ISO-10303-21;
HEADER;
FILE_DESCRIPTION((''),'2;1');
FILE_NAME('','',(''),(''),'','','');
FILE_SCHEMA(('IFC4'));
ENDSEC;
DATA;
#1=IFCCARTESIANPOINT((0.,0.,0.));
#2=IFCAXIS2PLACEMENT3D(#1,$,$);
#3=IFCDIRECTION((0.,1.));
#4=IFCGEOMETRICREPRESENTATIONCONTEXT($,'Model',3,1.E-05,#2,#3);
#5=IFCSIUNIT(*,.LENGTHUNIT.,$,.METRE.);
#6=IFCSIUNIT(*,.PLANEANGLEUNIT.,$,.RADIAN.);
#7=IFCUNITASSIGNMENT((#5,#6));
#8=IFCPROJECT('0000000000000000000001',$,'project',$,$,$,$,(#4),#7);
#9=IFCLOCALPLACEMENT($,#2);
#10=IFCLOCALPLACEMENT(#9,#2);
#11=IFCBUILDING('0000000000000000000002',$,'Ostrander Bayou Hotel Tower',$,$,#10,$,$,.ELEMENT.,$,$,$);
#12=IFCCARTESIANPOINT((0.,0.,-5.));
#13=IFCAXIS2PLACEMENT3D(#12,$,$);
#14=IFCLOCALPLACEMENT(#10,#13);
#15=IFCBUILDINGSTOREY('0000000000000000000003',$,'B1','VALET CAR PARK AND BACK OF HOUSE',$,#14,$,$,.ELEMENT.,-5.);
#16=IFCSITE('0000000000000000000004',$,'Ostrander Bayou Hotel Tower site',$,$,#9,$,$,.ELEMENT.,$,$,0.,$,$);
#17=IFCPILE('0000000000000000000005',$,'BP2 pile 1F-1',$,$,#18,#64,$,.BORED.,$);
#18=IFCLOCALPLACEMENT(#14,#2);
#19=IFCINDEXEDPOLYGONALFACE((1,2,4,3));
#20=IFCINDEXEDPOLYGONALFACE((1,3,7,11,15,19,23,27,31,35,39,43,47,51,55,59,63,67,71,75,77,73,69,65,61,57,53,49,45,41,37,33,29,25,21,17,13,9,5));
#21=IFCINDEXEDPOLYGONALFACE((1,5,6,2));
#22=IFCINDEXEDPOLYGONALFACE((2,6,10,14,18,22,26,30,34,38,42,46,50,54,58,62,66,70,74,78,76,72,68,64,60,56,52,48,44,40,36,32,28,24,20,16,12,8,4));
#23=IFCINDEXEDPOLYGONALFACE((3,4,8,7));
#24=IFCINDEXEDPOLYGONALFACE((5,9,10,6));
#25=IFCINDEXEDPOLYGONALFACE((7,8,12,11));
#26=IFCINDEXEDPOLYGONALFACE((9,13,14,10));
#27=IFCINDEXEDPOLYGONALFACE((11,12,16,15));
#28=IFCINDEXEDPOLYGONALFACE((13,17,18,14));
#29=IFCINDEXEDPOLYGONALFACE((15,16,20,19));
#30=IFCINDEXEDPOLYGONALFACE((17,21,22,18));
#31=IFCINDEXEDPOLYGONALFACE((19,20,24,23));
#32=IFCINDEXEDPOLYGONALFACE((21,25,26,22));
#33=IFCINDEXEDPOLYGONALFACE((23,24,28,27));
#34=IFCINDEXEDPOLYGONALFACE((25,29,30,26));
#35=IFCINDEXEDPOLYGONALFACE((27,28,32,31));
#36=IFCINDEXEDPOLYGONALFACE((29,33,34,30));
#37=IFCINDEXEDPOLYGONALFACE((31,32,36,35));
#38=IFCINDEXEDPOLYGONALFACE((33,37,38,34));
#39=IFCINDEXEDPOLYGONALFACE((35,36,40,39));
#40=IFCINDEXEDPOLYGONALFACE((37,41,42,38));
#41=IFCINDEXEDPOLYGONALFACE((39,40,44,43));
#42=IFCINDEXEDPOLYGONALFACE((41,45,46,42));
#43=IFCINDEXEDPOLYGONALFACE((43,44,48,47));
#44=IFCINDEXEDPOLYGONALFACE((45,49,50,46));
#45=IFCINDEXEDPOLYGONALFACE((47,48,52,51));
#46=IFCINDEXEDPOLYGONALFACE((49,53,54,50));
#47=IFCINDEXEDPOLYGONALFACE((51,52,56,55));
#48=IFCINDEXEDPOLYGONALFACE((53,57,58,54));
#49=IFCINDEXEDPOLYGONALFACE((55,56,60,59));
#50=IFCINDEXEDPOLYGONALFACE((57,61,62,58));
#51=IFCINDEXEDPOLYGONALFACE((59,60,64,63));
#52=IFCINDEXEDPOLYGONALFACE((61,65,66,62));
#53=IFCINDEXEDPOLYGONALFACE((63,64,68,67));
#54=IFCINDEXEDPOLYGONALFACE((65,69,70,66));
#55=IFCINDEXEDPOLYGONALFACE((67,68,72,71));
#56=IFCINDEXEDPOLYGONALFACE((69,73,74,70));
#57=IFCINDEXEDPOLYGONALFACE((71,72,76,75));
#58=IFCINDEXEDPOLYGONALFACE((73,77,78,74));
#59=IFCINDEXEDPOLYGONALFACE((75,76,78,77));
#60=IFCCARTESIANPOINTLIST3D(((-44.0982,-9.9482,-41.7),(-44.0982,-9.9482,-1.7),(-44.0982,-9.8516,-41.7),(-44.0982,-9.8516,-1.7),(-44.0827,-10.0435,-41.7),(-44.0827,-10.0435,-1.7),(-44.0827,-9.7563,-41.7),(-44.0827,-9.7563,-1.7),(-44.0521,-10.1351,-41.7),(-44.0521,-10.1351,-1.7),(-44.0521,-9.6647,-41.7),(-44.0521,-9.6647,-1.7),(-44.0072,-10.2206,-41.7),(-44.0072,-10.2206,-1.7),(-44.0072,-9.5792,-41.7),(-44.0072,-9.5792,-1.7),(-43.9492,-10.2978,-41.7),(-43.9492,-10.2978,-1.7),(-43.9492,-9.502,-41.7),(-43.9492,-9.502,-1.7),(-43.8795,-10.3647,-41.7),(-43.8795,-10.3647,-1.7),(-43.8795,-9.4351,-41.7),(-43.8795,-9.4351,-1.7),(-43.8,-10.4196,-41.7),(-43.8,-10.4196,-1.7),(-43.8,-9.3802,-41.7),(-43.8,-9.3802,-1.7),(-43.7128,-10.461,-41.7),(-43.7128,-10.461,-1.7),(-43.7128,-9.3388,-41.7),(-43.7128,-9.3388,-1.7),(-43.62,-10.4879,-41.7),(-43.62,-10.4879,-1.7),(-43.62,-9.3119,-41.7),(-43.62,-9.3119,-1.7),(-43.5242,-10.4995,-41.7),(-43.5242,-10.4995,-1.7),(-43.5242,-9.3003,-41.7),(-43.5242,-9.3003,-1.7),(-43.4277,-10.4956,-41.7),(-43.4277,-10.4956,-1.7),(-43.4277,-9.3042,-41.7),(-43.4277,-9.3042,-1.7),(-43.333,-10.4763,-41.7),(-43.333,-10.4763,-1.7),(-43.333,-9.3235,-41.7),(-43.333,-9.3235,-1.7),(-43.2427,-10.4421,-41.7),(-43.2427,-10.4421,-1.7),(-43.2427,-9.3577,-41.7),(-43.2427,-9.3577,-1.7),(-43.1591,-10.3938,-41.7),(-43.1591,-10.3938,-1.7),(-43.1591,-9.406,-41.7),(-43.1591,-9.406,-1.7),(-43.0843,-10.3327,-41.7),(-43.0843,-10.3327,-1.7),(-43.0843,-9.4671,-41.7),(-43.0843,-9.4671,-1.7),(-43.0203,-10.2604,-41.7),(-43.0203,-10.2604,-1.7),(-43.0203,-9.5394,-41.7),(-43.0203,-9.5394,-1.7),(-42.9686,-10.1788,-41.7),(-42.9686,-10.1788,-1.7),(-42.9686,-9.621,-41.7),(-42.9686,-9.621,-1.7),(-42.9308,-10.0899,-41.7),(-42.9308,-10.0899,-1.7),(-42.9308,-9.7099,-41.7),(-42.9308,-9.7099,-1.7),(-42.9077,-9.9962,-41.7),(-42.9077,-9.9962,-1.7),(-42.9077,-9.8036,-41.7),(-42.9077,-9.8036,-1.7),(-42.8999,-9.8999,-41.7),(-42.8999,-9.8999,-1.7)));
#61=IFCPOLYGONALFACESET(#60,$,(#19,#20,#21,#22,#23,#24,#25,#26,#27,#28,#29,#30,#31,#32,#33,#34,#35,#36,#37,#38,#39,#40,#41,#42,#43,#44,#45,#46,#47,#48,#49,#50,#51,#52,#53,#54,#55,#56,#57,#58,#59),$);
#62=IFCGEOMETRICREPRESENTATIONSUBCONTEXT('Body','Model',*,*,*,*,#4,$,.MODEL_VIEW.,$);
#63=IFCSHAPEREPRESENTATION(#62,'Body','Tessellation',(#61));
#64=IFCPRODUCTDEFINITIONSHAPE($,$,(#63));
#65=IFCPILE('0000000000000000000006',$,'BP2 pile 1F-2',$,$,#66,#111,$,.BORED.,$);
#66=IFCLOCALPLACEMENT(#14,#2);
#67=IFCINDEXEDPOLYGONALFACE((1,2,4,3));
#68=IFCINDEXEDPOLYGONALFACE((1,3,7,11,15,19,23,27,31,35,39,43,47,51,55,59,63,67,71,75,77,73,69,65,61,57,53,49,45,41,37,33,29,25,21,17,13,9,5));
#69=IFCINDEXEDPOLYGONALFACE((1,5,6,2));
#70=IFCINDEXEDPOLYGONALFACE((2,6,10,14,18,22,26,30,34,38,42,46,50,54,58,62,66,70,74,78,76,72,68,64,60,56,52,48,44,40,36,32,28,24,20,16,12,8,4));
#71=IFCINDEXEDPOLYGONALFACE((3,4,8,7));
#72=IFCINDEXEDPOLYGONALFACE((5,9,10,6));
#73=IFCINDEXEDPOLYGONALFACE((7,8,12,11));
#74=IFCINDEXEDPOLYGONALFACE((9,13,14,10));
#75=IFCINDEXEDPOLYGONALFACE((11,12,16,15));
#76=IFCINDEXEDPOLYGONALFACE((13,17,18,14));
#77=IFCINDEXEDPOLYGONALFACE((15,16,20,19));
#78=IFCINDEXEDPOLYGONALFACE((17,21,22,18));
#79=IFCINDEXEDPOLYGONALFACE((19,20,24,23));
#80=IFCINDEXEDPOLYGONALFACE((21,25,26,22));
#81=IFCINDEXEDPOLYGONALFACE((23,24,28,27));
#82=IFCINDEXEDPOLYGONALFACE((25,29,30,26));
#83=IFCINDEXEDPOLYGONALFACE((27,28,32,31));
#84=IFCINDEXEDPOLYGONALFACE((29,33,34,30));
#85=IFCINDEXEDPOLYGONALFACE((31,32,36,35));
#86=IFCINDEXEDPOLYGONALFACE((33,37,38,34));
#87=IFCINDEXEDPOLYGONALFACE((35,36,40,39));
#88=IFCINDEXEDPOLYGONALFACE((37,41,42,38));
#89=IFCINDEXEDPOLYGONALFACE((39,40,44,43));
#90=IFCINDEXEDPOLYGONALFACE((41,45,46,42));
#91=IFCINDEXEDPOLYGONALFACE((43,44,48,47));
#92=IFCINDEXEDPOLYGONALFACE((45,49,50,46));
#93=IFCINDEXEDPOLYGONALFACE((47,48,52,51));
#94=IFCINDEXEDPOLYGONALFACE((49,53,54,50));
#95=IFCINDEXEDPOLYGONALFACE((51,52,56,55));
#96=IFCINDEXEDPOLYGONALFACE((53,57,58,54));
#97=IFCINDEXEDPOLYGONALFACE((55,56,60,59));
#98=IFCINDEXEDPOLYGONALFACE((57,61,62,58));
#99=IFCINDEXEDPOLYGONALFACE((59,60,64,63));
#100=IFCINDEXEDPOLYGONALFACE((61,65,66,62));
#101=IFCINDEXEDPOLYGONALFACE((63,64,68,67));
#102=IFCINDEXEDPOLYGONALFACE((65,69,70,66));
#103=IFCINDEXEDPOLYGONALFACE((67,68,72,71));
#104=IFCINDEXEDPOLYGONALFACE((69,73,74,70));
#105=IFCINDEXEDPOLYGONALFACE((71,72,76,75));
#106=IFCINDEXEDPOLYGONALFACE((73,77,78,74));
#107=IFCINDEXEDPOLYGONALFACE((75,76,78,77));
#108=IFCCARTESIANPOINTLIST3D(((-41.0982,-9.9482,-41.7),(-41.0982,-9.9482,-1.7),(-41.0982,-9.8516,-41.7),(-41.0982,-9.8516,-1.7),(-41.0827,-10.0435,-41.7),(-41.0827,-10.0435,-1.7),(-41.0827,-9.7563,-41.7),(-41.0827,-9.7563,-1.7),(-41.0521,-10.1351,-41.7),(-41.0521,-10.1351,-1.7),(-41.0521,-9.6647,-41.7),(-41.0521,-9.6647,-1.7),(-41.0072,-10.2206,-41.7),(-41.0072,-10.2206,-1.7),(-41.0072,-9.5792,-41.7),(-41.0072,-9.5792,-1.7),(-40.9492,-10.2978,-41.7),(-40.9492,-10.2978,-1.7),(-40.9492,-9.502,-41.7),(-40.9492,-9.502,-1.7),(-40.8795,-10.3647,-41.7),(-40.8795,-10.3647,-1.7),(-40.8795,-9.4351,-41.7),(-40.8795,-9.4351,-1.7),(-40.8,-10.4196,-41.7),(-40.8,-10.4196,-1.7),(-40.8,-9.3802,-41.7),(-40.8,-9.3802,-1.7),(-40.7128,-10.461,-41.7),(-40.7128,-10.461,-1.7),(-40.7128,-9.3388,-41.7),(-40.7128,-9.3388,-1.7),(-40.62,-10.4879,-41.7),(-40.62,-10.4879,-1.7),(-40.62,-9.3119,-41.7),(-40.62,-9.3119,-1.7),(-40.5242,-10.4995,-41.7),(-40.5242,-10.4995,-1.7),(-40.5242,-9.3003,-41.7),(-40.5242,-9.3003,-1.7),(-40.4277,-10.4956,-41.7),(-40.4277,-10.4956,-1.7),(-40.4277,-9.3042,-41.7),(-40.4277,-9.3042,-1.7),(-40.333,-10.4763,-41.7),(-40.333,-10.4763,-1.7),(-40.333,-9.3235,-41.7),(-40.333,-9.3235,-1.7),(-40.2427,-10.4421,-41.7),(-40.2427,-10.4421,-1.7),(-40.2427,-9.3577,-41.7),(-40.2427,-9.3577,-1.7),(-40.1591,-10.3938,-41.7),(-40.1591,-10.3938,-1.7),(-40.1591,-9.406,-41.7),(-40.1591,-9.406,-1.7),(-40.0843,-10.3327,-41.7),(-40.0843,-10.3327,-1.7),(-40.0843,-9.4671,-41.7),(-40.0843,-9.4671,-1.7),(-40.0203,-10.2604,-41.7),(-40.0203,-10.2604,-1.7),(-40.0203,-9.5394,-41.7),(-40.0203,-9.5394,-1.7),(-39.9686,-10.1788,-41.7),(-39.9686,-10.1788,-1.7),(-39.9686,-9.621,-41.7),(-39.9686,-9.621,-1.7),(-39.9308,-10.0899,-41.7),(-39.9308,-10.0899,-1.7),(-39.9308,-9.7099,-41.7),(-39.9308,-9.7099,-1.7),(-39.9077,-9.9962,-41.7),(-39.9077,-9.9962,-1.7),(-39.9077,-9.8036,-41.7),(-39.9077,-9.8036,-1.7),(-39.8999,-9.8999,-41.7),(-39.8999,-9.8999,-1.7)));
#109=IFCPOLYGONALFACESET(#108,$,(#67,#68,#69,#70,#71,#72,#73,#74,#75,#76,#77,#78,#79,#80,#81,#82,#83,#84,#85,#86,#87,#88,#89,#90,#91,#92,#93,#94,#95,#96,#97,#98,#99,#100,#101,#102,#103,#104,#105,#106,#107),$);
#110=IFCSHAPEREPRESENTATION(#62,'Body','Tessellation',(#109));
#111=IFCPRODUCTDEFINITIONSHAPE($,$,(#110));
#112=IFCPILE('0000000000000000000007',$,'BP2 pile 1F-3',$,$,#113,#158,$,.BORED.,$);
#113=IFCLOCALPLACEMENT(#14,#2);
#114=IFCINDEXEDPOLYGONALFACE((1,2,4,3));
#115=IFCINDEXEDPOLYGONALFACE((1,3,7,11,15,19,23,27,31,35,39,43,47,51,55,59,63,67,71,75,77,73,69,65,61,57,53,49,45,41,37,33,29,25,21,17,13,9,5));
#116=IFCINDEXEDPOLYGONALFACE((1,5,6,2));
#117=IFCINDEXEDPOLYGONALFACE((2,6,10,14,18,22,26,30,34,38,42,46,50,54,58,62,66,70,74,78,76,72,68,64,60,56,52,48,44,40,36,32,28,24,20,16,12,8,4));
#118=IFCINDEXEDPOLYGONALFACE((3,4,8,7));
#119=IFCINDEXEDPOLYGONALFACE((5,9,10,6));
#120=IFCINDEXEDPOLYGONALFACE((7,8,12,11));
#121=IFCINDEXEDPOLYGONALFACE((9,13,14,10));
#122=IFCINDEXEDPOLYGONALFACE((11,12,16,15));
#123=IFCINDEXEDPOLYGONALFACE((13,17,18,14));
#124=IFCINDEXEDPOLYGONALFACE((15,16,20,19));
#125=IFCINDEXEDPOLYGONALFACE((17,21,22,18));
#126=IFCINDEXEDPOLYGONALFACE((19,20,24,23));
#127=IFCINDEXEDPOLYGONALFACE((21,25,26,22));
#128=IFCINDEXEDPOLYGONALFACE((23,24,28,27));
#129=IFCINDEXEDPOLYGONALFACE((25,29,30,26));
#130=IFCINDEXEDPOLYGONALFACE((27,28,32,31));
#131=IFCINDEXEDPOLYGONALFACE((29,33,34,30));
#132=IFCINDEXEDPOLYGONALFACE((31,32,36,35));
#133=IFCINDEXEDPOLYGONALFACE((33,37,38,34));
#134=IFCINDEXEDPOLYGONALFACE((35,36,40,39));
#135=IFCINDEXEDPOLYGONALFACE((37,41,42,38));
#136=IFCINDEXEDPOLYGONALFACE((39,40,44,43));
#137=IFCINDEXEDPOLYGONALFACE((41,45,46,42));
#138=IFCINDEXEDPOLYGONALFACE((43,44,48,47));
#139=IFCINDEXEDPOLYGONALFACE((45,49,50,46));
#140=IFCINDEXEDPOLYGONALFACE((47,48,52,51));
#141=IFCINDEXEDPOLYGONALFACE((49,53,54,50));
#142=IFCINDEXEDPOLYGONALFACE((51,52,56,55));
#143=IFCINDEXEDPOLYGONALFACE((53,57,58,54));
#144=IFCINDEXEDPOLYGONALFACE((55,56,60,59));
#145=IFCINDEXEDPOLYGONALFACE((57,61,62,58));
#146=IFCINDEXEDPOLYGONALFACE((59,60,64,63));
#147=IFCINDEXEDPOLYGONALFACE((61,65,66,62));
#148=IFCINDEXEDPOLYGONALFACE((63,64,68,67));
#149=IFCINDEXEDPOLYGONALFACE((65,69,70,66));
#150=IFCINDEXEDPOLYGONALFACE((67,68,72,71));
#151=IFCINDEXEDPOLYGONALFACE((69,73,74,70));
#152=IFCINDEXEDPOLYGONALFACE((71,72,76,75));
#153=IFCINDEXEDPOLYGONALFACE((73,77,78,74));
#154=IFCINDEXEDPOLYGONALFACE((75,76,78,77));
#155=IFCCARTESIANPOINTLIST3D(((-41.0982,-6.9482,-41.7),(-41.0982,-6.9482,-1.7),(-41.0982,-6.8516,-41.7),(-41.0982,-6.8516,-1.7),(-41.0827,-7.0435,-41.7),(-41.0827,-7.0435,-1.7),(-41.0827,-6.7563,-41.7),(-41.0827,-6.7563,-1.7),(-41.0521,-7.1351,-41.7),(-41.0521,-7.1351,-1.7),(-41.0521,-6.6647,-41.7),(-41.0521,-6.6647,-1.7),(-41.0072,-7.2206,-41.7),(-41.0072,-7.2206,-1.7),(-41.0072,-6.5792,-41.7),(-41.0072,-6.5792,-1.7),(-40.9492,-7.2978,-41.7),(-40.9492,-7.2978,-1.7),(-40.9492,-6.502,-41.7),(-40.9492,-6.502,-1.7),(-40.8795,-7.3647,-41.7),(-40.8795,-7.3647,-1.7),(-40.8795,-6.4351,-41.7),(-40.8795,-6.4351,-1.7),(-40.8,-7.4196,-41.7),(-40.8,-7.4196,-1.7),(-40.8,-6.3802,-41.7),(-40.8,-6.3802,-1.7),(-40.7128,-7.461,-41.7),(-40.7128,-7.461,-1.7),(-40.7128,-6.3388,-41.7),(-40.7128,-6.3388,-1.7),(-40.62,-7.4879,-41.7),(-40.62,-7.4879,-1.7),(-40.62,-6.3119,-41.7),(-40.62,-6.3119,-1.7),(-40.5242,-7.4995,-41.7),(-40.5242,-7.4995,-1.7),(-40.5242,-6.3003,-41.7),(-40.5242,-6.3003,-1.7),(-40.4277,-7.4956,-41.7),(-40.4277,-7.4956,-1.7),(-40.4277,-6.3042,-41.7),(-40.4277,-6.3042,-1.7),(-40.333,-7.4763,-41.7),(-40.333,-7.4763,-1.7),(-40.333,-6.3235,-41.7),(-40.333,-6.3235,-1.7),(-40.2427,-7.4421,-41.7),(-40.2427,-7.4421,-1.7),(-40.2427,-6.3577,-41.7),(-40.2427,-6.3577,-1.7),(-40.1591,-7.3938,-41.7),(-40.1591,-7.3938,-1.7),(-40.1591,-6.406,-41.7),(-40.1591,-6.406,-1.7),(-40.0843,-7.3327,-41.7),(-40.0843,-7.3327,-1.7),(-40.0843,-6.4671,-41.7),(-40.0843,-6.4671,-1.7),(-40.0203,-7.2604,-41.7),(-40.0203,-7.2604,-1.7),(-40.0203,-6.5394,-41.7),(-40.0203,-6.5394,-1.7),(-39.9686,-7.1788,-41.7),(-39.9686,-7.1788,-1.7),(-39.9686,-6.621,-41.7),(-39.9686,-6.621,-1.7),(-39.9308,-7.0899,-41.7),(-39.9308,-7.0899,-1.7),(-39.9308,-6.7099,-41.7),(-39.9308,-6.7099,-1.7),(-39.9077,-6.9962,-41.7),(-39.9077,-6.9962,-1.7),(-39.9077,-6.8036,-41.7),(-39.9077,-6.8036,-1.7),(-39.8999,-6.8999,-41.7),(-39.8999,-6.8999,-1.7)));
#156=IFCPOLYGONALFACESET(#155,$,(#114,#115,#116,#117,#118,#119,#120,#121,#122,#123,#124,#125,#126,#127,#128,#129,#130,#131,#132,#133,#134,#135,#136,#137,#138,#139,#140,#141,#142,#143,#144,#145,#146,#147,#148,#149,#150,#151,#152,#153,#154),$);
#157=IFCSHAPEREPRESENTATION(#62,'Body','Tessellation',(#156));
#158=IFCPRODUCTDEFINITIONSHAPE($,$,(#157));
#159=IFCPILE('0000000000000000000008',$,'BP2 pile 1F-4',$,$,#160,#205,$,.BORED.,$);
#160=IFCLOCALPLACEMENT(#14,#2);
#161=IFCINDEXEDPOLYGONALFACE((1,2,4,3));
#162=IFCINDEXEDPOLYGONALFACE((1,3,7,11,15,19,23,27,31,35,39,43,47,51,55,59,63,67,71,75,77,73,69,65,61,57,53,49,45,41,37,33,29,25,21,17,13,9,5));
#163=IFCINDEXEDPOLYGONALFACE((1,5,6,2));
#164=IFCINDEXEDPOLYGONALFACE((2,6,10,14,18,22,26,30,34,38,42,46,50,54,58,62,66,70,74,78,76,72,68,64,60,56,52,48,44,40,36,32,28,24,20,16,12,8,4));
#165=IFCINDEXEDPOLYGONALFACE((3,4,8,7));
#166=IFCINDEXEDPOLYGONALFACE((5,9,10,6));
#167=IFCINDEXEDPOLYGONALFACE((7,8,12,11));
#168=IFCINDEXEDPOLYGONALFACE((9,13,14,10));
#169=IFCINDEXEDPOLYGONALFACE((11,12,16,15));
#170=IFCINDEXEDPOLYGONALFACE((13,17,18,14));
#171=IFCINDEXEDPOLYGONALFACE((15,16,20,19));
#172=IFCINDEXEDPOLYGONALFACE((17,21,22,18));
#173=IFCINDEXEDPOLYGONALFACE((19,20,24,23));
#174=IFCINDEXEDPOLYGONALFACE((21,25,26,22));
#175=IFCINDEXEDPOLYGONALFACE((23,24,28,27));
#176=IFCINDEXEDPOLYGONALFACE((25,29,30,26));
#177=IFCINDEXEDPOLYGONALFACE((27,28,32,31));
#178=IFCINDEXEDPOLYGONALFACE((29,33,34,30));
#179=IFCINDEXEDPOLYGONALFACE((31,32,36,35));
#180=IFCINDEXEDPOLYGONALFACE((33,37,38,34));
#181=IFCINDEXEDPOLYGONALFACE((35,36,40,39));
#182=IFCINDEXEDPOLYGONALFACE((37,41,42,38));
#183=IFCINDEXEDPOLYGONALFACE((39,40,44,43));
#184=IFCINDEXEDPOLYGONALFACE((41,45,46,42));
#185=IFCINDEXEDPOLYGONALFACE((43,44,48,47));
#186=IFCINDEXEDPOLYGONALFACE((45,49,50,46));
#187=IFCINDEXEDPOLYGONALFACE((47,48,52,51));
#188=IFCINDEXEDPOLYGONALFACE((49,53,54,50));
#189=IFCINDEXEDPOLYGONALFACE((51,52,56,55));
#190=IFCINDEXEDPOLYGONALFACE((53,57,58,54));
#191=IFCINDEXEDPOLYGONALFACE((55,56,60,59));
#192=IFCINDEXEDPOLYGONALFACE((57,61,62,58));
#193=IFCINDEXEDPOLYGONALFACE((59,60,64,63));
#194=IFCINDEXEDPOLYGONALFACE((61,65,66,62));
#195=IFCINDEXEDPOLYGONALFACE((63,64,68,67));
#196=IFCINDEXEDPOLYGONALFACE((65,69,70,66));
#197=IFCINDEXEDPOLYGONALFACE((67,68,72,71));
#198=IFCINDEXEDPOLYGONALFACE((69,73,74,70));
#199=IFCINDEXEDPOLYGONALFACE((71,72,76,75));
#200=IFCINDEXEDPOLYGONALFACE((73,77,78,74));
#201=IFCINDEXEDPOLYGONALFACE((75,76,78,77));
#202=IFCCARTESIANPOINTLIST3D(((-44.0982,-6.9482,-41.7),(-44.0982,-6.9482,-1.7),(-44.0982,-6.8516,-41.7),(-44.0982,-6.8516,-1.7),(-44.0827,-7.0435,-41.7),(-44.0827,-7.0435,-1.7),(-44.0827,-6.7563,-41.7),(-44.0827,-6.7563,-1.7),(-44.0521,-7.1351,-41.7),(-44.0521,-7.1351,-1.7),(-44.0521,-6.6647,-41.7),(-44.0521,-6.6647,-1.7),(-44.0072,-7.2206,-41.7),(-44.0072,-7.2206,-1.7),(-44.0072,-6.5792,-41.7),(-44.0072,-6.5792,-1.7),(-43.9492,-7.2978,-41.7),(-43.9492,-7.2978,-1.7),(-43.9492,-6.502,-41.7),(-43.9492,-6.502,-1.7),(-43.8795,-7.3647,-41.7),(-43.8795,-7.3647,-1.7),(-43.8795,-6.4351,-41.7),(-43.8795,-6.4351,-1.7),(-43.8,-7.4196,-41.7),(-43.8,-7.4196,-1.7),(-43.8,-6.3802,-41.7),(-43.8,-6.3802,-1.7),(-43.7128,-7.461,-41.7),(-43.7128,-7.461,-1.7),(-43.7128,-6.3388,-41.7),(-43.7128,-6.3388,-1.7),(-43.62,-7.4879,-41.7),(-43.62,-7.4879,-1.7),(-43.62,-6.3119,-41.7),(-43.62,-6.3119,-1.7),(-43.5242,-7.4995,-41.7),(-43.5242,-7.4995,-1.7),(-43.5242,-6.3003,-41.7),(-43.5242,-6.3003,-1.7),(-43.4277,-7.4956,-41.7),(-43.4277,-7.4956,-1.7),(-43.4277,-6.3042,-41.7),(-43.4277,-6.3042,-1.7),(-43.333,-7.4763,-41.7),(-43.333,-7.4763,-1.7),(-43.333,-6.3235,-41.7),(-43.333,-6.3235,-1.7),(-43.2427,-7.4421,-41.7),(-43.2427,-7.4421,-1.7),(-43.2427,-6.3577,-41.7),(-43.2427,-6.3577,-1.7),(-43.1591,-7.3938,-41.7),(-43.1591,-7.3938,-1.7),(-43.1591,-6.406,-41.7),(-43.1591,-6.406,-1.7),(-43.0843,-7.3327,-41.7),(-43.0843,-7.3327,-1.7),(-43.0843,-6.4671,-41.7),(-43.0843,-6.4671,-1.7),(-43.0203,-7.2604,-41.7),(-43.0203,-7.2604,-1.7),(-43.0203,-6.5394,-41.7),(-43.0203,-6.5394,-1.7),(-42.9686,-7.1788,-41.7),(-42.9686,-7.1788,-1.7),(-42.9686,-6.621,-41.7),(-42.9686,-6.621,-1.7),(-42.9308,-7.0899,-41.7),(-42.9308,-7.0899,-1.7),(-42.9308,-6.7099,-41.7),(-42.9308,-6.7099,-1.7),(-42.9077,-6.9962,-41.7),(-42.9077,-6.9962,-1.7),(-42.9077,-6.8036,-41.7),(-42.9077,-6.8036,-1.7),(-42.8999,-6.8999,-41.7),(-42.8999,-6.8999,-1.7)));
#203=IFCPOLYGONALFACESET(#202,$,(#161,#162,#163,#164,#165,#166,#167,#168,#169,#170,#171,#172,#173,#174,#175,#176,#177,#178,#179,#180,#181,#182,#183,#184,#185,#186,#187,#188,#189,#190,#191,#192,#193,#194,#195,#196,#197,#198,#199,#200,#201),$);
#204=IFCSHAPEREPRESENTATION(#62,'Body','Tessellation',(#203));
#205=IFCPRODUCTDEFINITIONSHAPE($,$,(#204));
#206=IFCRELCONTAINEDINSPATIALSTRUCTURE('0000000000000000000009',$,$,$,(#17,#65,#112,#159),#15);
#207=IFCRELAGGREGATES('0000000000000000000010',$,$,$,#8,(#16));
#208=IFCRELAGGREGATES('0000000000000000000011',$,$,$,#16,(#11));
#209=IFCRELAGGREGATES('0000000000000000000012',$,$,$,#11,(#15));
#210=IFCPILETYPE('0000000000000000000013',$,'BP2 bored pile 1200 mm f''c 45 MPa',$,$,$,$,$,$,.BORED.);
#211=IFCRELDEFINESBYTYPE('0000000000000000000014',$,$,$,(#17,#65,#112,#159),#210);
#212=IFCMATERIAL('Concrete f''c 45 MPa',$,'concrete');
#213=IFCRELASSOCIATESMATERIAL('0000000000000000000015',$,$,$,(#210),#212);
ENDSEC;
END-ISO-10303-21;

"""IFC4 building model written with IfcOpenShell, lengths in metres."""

from ifc_helpers import new_model, si_unit, direction, frame, origin, origin_2d, place, context, subcontext, project, spatial, circle, extrude, material, material_profile, profile_set, type_object, element, save


model = new_model("IFC4")

# Units and contexts
model_context = context("Model", 3, precision=1e-05, world=origin(), true_north=direction((0.0, 1.0)))
body_context = subcontext(model_context, "Body", "Model", "MODEL_VIEW")
ifc_project = project(units=[si_unit("LENGTHUNIT", "METRE"), si_unit("PLANEANGLEUNIT", "RADIAN")], contexts=[model_context])

# Site, building, storey
site_placement = place(None, origin())
site = spatial("IfcSite", under=ifc_project, at=site_placement, Name="Ostrander Bayou Hotel Tower site", CompositionType="ELEMENT", RefElevation=0.0)
building_placement = place(site_placement, origin())
building = spatial("IfcBuilding", under=site, at=building_placement, Name="Ostrander Bayou Hotel Tower", CompositionType="ELEMENT")
storey_placement = place(building_placement, frame((0.0, 0.0, -5.0)))
storey = spatial("IfcBuildingStorey", under=building, at=storey_placement, Name="B1", Description="VALET CAR PARK AND BACK OF HOUSE", CompositionType="ELEMENT", Elevation=-5.0)

# Piles
ifc_material_1 = material(Name="Concrete f'c 45 MPa", Category="concrete")
ifc_material_profile_1 = material_profile(ifc_material_1, circle(Radius=0.6001, at=origin_2d()))
ifc_profile_set_1 = profile_set([ifc_material_profile_1], Name="Concrete f'c 45 MPa")
pile_type = type_object("IfcPileType", Name="BP2 bored pile 1200 mm f'c 45 MPa", PredefinedType="BORED", material=ifc_profile_set_1)
for number, where, z_axis, x_axis, name in (
    (1, (-43.5, -9.8999, -1.7), (0.0, 0.0, -1.0), (1.0, 0.0, 0.0), "BP2 pile 1F-1"),
    (2, (-40.5, -9.8999, -1.7), (0.0, 0.0, -1.0), (1.0, 0.0, 0.0), "BP2 pile 1F-2"),
    (3, (-40.5, -6.8999, -1.7), (0.0, 0.0, -1.0), (1.0, 0.0, 0.0), "BP2 pile 1F-3"),
    (4, (-43.5, -6.8999, -1.7), (0.0, 0.0, -1.0), (1.0, 0.0, 0.0), "BP2 pile 1F-4"),
):
    element("IfcPile", number, at=place(storey_placement, frame(where, z_axis=z_axis, x_axis=x_axis)), inside=storey, type_object=pile_type, Name=name, PredefinedType="BORED", context=body_context, shape_type="SweptSolid", body=[
        extrude(circle(Radius=0.6001, at=origin_2d()), origin(), (0.0, 0.0, 1.0), 40.0),
    ])

save(model, "model.ifc")
